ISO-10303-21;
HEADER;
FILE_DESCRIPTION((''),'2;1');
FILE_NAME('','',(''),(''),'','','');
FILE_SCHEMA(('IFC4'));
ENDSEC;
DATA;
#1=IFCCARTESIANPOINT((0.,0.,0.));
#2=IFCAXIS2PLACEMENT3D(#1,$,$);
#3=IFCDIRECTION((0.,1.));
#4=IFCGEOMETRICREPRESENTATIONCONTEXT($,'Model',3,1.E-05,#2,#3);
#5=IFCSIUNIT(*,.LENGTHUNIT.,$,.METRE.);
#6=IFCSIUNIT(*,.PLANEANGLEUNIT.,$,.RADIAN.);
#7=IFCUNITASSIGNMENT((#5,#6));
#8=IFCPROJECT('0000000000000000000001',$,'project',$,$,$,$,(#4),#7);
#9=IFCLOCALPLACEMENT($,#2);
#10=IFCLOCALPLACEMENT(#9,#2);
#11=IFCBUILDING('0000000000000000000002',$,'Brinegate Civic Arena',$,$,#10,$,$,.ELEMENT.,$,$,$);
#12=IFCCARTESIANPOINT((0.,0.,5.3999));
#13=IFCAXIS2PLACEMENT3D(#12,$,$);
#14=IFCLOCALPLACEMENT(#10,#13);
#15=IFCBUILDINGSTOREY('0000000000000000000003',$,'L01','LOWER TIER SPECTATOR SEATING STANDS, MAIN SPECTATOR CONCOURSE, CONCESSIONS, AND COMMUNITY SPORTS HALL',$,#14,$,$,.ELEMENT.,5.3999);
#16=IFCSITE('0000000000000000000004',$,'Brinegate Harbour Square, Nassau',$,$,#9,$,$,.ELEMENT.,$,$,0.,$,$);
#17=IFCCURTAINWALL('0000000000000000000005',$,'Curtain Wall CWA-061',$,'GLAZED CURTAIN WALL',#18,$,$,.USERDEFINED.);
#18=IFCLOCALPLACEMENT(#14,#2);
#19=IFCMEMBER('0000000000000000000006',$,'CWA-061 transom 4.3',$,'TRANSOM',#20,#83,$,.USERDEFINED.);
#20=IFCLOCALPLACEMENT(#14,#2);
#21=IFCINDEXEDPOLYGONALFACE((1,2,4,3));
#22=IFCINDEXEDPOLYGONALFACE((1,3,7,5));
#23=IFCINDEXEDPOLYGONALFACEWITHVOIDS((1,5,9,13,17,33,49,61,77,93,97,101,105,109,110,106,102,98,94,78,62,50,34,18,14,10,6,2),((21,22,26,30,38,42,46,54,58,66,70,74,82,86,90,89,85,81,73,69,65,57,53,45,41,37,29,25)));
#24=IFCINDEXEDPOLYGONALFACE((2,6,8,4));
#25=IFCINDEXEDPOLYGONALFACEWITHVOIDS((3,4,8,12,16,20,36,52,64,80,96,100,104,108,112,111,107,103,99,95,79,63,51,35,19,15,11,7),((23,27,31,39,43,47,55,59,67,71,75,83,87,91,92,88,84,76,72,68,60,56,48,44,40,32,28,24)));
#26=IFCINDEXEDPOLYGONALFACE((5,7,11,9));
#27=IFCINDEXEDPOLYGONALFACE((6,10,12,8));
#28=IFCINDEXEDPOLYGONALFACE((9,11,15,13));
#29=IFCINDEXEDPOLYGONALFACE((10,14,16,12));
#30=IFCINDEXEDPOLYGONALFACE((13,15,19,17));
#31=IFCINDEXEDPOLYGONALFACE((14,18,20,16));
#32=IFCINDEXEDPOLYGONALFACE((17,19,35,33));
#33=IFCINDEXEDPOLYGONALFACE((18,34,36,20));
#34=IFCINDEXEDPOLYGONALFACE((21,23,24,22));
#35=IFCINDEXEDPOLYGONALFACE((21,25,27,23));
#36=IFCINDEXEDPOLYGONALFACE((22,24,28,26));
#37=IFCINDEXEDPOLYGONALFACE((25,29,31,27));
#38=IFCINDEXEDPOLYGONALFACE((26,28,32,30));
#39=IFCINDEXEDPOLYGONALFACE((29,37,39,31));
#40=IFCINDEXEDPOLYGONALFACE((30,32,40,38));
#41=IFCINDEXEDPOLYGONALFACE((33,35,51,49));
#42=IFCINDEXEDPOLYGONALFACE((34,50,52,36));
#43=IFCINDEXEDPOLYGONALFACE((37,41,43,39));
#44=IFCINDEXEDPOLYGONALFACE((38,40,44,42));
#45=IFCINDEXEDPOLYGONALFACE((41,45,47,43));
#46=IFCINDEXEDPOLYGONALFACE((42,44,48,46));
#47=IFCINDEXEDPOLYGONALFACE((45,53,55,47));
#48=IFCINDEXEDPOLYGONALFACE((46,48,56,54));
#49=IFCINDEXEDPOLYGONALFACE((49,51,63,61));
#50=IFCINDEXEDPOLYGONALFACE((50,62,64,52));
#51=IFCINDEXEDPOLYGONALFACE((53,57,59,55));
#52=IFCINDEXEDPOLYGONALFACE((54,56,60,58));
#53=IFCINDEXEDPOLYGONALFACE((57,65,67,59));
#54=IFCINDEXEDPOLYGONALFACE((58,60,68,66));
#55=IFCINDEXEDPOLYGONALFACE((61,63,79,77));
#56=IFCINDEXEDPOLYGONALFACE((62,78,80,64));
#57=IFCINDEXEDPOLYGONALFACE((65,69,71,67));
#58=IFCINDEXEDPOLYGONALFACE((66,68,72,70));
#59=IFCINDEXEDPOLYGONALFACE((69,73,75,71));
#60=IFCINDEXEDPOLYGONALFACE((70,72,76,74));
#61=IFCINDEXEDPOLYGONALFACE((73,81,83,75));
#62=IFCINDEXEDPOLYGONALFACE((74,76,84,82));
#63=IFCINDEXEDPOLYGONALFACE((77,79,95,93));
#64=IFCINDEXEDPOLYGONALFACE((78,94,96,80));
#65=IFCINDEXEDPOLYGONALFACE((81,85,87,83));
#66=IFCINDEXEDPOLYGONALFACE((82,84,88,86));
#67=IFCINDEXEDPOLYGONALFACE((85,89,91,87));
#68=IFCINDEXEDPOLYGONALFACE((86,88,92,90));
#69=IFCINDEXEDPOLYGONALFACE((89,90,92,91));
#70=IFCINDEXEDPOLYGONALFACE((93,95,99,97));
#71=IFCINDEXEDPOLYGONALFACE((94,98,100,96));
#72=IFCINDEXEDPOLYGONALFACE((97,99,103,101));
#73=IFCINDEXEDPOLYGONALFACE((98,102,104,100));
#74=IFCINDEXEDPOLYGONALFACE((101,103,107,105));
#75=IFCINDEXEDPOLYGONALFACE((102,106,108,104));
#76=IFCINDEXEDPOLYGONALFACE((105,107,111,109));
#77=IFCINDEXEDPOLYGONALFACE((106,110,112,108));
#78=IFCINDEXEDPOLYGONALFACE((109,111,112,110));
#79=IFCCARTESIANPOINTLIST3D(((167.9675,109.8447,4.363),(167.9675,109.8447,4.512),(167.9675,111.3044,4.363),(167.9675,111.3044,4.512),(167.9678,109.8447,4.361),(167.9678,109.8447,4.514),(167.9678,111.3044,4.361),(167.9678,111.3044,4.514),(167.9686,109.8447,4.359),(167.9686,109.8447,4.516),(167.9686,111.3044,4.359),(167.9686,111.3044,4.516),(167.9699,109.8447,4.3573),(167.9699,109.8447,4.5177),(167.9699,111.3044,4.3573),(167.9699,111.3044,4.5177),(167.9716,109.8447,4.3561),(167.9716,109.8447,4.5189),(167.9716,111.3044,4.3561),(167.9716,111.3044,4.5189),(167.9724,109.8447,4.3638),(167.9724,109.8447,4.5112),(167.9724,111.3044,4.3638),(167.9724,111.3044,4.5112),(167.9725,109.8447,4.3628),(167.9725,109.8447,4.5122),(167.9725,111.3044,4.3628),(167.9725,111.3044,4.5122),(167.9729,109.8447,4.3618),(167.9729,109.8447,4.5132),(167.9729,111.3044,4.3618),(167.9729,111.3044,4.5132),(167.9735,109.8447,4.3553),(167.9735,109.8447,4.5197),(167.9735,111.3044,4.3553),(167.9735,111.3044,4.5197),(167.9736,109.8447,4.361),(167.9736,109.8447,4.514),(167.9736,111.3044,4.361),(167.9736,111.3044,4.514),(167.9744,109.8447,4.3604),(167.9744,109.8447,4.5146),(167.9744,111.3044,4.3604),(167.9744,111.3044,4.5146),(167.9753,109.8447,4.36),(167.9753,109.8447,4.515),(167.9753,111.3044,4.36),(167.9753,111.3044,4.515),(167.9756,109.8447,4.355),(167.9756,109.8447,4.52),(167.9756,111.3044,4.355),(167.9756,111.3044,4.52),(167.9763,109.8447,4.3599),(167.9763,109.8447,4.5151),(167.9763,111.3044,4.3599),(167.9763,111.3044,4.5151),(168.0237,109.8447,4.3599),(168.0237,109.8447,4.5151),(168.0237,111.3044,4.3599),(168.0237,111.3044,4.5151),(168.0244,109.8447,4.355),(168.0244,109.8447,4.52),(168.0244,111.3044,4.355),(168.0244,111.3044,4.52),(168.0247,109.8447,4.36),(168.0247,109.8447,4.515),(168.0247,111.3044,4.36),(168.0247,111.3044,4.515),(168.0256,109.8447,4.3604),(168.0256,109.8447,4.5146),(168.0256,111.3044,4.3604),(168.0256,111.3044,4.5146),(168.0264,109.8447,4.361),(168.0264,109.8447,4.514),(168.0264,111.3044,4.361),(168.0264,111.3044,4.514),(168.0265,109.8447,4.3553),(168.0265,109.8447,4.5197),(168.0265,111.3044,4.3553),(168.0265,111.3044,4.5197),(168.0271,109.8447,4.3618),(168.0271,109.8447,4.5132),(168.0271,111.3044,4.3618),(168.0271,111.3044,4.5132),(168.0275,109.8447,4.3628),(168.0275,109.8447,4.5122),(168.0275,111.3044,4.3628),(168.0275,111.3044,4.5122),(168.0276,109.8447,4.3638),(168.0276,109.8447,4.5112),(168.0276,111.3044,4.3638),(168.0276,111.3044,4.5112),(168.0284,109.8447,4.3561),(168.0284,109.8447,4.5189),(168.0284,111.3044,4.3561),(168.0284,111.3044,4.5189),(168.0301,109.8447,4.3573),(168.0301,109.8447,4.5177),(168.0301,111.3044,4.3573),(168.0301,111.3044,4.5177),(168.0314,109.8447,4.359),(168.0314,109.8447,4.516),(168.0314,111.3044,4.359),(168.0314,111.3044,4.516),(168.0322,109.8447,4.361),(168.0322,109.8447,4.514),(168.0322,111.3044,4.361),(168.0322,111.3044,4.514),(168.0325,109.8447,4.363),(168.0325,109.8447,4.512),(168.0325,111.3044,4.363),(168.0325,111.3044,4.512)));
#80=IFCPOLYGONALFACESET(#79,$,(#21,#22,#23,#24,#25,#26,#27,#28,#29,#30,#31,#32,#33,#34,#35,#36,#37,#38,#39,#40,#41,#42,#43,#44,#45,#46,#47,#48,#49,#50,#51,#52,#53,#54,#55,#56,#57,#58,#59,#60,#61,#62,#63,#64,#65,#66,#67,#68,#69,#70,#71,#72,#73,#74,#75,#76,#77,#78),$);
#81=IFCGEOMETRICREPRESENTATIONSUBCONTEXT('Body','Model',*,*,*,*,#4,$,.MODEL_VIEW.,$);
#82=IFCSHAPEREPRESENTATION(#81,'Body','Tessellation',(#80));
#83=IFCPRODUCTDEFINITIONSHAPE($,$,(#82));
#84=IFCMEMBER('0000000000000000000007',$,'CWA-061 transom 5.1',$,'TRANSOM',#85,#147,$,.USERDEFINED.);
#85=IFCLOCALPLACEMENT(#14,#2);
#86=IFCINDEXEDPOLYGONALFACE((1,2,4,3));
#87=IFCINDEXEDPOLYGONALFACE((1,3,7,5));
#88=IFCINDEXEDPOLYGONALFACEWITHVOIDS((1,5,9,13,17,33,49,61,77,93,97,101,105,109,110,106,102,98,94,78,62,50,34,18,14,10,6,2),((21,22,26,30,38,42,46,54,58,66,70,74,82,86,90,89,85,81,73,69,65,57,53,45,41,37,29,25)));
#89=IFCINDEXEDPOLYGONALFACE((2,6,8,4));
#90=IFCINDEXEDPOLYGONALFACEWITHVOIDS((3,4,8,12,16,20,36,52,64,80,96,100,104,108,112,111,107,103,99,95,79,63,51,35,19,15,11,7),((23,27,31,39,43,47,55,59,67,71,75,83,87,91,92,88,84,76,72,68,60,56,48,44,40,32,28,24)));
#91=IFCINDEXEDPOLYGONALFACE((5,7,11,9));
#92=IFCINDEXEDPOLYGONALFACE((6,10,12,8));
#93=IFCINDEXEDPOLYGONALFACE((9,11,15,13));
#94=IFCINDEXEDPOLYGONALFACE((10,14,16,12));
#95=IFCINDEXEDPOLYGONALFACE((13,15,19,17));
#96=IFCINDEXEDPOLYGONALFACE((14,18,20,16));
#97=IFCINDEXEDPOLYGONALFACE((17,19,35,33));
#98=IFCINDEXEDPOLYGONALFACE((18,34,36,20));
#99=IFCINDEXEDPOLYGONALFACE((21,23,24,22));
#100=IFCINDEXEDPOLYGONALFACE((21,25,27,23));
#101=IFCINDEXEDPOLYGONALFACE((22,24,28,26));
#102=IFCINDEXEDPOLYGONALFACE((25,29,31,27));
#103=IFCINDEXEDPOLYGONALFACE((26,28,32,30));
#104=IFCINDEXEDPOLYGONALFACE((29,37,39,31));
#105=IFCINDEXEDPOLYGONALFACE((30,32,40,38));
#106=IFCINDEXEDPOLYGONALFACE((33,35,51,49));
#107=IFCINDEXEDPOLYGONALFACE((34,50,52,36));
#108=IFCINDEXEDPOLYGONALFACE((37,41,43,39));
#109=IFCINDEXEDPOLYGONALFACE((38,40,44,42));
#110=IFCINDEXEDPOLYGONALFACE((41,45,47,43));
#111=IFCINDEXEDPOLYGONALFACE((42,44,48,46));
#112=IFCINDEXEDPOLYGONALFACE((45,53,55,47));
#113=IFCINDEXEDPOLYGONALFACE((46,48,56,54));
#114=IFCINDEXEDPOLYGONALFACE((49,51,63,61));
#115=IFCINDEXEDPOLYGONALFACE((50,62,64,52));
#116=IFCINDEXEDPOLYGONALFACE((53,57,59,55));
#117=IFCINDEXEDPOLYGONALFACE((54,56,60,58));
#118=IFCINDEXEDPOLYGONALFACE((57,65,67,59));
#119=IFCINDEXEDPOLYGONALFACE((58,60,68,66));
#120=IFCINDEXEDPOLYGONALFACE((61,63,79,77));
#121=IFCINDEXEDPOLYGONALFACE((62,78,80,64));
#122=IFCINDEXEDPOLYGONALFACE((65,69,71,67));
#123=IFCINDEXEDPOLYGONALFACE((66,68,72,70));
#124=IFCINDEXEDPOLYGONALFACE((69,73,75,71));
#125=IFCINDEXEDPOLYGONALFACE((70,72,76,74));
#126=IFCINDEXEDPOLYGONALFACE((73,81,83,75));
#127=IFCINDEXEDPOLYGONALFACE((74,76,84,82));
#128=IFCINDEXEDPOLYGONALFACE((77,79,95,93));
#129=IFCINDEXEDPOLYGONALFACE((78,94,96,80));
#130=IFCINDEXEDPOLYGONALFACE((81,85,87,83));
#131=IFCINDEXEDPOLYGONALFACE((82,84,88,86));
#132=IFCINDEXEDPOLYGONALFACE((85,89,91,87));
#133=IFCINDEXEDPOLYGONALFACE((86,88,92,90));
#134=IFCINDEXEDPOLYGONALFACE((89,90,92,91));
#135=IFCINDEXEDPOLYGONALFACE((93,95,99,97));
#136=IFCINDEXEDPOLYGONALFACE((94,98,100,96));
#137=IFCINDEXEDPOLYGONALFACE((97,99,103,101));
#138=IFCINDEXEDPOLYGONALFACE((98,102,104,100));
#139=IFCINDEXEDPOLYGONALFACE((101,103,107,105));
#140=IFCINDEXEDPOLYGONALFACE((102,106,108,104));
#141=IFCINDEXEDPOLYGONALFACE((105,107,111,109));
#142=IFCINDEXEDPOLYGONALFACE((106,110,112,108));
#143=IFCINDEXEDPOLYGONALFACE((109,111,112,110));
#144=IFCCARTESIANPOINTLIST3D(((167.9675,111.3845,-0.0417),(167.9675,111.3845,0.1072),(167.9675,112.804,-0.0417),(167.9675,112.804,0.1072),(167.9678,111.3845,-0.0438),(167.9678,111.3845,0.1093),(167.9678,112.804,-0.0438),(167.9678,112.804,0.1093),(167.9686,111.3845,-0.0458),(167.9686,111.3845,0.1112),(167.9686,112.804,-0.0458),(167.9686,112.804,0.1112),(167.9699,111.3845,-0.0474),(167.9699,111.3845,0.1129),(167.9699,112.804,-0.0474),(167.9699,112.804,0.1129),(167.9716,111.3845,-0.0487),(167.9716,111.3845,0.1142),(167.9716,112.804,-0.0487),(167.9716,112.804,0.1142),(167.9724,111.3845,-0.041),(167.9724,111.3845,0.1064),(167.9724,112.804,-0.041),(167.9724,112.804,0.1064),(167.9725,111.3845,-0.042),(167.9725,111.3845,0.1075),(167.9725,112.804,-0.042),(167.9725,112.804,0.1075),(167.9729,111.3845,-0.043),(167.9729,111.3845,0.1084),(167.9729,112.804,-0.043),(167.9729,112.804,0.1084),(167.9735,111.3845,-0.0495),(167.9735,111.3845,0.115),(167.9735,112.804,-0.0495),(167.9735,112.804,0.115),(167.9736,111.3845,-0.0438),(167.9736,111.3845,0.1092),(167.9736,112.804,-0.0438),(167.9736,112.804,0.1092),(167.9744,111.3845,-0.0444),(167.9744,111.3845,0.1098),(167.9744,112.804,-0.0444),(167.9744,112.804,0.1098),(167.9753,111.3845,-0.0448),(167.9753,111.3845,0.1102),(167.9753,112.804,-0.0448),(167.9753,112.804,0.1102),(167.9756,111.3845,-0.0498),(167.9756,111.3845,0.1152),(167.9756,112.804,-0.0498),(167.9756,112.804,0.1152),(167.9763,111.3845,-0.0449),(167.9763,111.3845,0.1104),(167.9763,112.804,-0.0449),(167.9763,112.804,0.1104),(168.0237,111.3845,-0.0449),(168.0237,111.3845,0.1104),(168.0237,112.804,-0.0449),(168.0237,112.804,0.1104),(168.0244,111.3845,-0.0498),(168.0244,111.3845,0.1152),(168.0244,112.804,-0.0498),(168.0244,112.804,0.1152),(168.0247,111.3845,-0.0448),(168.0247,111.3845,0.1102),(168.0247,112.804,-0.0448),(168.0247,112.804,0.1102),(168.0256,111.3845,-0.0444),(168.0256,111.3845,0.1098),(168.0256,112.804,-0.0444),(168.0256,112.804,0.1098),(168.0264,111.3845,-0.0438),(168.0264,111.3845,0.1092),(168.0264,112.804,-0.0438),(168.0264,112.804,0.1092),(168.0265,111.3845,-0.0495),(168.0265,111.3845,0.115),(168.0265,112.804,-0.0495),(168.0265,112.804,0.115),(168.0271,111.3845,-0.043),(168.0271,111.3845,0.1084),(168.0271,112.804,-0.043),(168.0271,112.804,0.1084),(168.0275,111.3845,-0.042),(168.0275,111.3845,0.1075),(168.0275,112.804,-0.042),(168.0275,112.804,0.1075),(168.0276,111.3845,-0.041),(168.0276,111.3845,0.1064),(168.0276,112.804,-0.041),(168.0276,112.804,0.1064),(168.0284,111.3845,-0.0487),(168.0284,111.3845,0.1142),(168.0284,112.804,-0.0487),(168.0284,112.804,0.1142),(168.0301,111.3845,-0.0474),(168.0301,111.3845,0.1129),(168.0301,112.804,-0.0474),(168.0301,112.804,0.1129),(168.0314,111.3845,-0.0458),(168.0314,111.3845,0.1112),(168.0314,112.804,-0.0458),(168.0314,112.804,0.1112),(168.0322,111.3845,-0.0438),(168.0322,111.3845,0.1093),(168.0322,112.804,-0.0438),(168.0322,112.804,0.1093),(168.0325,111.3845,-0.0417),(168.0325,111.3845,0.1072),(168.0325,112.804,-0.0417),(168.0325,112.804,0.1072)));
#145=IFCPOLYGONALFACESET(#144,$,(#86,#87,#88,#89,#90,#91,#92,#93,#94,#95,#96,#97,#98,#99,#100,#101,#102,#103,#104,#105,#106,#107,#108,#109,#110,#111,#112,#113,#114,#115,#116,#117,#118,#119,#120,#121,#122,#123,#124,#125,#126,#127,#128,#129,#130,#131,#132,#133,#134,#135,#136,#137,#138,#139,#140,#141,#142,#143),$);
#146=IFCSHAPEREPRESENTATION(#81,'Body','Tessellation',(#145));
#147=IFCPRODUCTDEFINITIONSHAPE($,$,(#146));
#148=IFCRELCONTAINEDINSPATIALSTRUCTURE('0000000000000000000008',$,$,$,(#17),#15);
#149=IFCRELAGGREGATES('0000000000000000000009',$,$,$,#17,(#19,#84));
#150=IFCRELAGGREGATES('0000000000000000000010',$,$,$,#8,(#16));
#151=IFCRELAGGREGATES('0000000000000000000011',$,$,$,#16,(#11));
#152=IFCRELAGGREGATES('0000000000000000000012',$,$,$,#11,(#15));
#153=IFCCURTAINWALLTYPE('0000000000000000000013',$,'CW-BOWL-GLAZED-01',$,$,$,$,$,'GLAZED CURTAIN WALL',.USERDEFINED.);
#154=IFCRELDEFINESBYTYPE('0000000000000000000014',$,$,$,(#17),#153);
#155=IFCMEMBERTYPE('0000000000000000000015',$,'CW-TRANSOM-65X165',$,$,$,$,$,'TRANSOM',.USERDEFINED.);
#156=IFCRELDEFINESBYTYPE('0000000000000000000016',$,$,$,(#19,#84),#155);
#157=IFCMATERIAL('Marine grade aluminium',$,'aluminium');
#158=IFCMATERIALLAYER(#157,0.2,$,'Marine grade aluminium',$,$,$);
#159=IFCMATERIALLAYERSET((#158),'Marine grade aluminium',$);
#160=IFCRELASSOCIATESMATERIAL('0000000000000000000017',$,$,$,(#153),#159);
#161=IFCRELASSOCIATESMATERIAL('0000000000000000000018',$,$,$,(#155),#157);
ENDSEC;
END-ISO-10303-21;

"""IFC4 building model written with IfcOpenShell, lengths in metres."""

from ifc_helpers import new_model, si_unit, direction, frame, origin, origin_2d, place, context, subcontext, project, spatial, hollow_rectangle, extrude, material, layer, layer_set, material_profile, profile_set, type_object, element, aggregate, save


model = new_model("IFC4")

# Units and contexts
model_context = context("Model", 3, precision=1e-05, world=origin(), true_north=direction((0.0, 1.0)))
body_context = subcontext(model_context, "Body", "Model", "MODEL_VIEW")
ifc_project = project(units=[si_unit("LENGTHUNIT", "METRE"), si_unit("PLANEANGLEUNIT", "RADIAN")], contexts=[model_context])

# Site, building, storey
site_placement = place(None, origin())
site = spatial("IfcSite", under=ifc_project, at=site_placement, Name="Brinegate Harbour Square, Nassau", CompositionType="ELEMENT", RefElevation=0.0)
building_placement = place(site_placement, origin())
building = spatial("IfcBuilding", under=site, at=building_placement, Name="Brinegate Civic Arena", CompositionType="ELEMENT")
storey_placement = place(building_placement, frame((0.0, 0.0, 5.3999)))
storey = spatial("IfcBuildingStorey", under=building, at=storey_placement, Name="L01", Description="LOWER TIER SPECTATOR SEATING STANDS, MAIN SPECTATOR CONCOURSE, CONCESSIONS, AND COMMUNITY SPORTS HALL", CompositionType="ELEMENT", Elevation=5.3999)

# Curtain wall
ifc_material_1 = material(Name="Marine grade aluminium", Category="aluminium")
ifc_layer_1 = layer(ifc_material_1, 0.2, Name="Marine grade aluminium")
ifc_layer_set_1 = layer_set([ifc_layer_1], Name="Marine grade aluminium")
curtain_wall_type_1 = type_object("IfcCurtainWallType", Name="CW-BOWL-GLAZED-01", ElementType="GLAZED CURTAIN WALL", PredefinedType="USERDEFINED", material=ifc_layer_set_1)
curtain_wall_1_placement = place(storey_placement, origin())
curtain_wall_1 = element("IfcCurtainWall", 1, at=curtain_wall_1_placement, inside=storey, type_object=curtain_wall_type_1, Name="Curtain Wall CWA-061", ObjectType="GLAZED CURTAIN WALL", PredefinedType="USERDEFINED")

# Members
ifc_material_profile_1 = material_profile(ifc_material_1, hollow_rectangle(XDim=0.0649, YDim=0.165, WallThickness=0.0049, InnerFilletRadius=0.0039, OuterFilletRadius=0.0081, at=origin_2d()), Name="TRN65X165")
ifc_profile_set_1 = profile_set([ifc_material_profile_1], Name="Marine grade aluminium")
member_type_1 = type_object("IfcMemberType", Name="CW-TRANSOM-65X165", ElementType="TRANSOM", PredefinedType="USERDEFINED", material=ifc_profile_set_1)
member_1_placement = place(storey_placement, frame((168.0, 109.8447, 4.4375), z_axis=(0.0, 1.0, 0.0), x_axis=(-1.0, 0.0, 0.0)))
member_1 = element("IfcMember", 2, at=member_1_placement, type_object=member_type_1, Name="CWA-061 transom 4.3", ObjectType="TRANSOM", PredefinedType="USERDEFINED", context=body_context, shape_type="SweptSolid", body=[
    extrude(hollow_rectangle(XDim=0.0649, YDim=0.165, WallThickness=0.0049, InnerFilletRadius=0.0039, OuterFilletRadius=0.0081, at=origin_2d()), origin(), (0.0, 0.0, 1.0), 1.4597),
])
member_2_placement = place(storey_placement, frame((168.0, 111.3845, 0.0327), z_axis=(0.0, 1.0, 0.0), x_axis=(-1.0, 0.0, 0.0)))
member_2 = element("IfcMember", 3, at=member_2_placement, type_object=member_type_1, Name="CWA-061 transom 5.1", ObjectType="TRANSOM", PredefinedType="USERDEFINED", context=body_context, shape_type="SweptSolid", body=[
    extrude(hollow_rectangle(XDim=0.0649, YDim=0.165, WallThickness=0.0049, InnerFilletRadius=0.0039, OuterFilletRadius=0.0081, at=origin_2d()), origin(), (0.0, 0.0, 1.0), 1.4194),
])

aggregate(curtain_wall_1, [member_1, member_2])

save(model, "model.ifc")
